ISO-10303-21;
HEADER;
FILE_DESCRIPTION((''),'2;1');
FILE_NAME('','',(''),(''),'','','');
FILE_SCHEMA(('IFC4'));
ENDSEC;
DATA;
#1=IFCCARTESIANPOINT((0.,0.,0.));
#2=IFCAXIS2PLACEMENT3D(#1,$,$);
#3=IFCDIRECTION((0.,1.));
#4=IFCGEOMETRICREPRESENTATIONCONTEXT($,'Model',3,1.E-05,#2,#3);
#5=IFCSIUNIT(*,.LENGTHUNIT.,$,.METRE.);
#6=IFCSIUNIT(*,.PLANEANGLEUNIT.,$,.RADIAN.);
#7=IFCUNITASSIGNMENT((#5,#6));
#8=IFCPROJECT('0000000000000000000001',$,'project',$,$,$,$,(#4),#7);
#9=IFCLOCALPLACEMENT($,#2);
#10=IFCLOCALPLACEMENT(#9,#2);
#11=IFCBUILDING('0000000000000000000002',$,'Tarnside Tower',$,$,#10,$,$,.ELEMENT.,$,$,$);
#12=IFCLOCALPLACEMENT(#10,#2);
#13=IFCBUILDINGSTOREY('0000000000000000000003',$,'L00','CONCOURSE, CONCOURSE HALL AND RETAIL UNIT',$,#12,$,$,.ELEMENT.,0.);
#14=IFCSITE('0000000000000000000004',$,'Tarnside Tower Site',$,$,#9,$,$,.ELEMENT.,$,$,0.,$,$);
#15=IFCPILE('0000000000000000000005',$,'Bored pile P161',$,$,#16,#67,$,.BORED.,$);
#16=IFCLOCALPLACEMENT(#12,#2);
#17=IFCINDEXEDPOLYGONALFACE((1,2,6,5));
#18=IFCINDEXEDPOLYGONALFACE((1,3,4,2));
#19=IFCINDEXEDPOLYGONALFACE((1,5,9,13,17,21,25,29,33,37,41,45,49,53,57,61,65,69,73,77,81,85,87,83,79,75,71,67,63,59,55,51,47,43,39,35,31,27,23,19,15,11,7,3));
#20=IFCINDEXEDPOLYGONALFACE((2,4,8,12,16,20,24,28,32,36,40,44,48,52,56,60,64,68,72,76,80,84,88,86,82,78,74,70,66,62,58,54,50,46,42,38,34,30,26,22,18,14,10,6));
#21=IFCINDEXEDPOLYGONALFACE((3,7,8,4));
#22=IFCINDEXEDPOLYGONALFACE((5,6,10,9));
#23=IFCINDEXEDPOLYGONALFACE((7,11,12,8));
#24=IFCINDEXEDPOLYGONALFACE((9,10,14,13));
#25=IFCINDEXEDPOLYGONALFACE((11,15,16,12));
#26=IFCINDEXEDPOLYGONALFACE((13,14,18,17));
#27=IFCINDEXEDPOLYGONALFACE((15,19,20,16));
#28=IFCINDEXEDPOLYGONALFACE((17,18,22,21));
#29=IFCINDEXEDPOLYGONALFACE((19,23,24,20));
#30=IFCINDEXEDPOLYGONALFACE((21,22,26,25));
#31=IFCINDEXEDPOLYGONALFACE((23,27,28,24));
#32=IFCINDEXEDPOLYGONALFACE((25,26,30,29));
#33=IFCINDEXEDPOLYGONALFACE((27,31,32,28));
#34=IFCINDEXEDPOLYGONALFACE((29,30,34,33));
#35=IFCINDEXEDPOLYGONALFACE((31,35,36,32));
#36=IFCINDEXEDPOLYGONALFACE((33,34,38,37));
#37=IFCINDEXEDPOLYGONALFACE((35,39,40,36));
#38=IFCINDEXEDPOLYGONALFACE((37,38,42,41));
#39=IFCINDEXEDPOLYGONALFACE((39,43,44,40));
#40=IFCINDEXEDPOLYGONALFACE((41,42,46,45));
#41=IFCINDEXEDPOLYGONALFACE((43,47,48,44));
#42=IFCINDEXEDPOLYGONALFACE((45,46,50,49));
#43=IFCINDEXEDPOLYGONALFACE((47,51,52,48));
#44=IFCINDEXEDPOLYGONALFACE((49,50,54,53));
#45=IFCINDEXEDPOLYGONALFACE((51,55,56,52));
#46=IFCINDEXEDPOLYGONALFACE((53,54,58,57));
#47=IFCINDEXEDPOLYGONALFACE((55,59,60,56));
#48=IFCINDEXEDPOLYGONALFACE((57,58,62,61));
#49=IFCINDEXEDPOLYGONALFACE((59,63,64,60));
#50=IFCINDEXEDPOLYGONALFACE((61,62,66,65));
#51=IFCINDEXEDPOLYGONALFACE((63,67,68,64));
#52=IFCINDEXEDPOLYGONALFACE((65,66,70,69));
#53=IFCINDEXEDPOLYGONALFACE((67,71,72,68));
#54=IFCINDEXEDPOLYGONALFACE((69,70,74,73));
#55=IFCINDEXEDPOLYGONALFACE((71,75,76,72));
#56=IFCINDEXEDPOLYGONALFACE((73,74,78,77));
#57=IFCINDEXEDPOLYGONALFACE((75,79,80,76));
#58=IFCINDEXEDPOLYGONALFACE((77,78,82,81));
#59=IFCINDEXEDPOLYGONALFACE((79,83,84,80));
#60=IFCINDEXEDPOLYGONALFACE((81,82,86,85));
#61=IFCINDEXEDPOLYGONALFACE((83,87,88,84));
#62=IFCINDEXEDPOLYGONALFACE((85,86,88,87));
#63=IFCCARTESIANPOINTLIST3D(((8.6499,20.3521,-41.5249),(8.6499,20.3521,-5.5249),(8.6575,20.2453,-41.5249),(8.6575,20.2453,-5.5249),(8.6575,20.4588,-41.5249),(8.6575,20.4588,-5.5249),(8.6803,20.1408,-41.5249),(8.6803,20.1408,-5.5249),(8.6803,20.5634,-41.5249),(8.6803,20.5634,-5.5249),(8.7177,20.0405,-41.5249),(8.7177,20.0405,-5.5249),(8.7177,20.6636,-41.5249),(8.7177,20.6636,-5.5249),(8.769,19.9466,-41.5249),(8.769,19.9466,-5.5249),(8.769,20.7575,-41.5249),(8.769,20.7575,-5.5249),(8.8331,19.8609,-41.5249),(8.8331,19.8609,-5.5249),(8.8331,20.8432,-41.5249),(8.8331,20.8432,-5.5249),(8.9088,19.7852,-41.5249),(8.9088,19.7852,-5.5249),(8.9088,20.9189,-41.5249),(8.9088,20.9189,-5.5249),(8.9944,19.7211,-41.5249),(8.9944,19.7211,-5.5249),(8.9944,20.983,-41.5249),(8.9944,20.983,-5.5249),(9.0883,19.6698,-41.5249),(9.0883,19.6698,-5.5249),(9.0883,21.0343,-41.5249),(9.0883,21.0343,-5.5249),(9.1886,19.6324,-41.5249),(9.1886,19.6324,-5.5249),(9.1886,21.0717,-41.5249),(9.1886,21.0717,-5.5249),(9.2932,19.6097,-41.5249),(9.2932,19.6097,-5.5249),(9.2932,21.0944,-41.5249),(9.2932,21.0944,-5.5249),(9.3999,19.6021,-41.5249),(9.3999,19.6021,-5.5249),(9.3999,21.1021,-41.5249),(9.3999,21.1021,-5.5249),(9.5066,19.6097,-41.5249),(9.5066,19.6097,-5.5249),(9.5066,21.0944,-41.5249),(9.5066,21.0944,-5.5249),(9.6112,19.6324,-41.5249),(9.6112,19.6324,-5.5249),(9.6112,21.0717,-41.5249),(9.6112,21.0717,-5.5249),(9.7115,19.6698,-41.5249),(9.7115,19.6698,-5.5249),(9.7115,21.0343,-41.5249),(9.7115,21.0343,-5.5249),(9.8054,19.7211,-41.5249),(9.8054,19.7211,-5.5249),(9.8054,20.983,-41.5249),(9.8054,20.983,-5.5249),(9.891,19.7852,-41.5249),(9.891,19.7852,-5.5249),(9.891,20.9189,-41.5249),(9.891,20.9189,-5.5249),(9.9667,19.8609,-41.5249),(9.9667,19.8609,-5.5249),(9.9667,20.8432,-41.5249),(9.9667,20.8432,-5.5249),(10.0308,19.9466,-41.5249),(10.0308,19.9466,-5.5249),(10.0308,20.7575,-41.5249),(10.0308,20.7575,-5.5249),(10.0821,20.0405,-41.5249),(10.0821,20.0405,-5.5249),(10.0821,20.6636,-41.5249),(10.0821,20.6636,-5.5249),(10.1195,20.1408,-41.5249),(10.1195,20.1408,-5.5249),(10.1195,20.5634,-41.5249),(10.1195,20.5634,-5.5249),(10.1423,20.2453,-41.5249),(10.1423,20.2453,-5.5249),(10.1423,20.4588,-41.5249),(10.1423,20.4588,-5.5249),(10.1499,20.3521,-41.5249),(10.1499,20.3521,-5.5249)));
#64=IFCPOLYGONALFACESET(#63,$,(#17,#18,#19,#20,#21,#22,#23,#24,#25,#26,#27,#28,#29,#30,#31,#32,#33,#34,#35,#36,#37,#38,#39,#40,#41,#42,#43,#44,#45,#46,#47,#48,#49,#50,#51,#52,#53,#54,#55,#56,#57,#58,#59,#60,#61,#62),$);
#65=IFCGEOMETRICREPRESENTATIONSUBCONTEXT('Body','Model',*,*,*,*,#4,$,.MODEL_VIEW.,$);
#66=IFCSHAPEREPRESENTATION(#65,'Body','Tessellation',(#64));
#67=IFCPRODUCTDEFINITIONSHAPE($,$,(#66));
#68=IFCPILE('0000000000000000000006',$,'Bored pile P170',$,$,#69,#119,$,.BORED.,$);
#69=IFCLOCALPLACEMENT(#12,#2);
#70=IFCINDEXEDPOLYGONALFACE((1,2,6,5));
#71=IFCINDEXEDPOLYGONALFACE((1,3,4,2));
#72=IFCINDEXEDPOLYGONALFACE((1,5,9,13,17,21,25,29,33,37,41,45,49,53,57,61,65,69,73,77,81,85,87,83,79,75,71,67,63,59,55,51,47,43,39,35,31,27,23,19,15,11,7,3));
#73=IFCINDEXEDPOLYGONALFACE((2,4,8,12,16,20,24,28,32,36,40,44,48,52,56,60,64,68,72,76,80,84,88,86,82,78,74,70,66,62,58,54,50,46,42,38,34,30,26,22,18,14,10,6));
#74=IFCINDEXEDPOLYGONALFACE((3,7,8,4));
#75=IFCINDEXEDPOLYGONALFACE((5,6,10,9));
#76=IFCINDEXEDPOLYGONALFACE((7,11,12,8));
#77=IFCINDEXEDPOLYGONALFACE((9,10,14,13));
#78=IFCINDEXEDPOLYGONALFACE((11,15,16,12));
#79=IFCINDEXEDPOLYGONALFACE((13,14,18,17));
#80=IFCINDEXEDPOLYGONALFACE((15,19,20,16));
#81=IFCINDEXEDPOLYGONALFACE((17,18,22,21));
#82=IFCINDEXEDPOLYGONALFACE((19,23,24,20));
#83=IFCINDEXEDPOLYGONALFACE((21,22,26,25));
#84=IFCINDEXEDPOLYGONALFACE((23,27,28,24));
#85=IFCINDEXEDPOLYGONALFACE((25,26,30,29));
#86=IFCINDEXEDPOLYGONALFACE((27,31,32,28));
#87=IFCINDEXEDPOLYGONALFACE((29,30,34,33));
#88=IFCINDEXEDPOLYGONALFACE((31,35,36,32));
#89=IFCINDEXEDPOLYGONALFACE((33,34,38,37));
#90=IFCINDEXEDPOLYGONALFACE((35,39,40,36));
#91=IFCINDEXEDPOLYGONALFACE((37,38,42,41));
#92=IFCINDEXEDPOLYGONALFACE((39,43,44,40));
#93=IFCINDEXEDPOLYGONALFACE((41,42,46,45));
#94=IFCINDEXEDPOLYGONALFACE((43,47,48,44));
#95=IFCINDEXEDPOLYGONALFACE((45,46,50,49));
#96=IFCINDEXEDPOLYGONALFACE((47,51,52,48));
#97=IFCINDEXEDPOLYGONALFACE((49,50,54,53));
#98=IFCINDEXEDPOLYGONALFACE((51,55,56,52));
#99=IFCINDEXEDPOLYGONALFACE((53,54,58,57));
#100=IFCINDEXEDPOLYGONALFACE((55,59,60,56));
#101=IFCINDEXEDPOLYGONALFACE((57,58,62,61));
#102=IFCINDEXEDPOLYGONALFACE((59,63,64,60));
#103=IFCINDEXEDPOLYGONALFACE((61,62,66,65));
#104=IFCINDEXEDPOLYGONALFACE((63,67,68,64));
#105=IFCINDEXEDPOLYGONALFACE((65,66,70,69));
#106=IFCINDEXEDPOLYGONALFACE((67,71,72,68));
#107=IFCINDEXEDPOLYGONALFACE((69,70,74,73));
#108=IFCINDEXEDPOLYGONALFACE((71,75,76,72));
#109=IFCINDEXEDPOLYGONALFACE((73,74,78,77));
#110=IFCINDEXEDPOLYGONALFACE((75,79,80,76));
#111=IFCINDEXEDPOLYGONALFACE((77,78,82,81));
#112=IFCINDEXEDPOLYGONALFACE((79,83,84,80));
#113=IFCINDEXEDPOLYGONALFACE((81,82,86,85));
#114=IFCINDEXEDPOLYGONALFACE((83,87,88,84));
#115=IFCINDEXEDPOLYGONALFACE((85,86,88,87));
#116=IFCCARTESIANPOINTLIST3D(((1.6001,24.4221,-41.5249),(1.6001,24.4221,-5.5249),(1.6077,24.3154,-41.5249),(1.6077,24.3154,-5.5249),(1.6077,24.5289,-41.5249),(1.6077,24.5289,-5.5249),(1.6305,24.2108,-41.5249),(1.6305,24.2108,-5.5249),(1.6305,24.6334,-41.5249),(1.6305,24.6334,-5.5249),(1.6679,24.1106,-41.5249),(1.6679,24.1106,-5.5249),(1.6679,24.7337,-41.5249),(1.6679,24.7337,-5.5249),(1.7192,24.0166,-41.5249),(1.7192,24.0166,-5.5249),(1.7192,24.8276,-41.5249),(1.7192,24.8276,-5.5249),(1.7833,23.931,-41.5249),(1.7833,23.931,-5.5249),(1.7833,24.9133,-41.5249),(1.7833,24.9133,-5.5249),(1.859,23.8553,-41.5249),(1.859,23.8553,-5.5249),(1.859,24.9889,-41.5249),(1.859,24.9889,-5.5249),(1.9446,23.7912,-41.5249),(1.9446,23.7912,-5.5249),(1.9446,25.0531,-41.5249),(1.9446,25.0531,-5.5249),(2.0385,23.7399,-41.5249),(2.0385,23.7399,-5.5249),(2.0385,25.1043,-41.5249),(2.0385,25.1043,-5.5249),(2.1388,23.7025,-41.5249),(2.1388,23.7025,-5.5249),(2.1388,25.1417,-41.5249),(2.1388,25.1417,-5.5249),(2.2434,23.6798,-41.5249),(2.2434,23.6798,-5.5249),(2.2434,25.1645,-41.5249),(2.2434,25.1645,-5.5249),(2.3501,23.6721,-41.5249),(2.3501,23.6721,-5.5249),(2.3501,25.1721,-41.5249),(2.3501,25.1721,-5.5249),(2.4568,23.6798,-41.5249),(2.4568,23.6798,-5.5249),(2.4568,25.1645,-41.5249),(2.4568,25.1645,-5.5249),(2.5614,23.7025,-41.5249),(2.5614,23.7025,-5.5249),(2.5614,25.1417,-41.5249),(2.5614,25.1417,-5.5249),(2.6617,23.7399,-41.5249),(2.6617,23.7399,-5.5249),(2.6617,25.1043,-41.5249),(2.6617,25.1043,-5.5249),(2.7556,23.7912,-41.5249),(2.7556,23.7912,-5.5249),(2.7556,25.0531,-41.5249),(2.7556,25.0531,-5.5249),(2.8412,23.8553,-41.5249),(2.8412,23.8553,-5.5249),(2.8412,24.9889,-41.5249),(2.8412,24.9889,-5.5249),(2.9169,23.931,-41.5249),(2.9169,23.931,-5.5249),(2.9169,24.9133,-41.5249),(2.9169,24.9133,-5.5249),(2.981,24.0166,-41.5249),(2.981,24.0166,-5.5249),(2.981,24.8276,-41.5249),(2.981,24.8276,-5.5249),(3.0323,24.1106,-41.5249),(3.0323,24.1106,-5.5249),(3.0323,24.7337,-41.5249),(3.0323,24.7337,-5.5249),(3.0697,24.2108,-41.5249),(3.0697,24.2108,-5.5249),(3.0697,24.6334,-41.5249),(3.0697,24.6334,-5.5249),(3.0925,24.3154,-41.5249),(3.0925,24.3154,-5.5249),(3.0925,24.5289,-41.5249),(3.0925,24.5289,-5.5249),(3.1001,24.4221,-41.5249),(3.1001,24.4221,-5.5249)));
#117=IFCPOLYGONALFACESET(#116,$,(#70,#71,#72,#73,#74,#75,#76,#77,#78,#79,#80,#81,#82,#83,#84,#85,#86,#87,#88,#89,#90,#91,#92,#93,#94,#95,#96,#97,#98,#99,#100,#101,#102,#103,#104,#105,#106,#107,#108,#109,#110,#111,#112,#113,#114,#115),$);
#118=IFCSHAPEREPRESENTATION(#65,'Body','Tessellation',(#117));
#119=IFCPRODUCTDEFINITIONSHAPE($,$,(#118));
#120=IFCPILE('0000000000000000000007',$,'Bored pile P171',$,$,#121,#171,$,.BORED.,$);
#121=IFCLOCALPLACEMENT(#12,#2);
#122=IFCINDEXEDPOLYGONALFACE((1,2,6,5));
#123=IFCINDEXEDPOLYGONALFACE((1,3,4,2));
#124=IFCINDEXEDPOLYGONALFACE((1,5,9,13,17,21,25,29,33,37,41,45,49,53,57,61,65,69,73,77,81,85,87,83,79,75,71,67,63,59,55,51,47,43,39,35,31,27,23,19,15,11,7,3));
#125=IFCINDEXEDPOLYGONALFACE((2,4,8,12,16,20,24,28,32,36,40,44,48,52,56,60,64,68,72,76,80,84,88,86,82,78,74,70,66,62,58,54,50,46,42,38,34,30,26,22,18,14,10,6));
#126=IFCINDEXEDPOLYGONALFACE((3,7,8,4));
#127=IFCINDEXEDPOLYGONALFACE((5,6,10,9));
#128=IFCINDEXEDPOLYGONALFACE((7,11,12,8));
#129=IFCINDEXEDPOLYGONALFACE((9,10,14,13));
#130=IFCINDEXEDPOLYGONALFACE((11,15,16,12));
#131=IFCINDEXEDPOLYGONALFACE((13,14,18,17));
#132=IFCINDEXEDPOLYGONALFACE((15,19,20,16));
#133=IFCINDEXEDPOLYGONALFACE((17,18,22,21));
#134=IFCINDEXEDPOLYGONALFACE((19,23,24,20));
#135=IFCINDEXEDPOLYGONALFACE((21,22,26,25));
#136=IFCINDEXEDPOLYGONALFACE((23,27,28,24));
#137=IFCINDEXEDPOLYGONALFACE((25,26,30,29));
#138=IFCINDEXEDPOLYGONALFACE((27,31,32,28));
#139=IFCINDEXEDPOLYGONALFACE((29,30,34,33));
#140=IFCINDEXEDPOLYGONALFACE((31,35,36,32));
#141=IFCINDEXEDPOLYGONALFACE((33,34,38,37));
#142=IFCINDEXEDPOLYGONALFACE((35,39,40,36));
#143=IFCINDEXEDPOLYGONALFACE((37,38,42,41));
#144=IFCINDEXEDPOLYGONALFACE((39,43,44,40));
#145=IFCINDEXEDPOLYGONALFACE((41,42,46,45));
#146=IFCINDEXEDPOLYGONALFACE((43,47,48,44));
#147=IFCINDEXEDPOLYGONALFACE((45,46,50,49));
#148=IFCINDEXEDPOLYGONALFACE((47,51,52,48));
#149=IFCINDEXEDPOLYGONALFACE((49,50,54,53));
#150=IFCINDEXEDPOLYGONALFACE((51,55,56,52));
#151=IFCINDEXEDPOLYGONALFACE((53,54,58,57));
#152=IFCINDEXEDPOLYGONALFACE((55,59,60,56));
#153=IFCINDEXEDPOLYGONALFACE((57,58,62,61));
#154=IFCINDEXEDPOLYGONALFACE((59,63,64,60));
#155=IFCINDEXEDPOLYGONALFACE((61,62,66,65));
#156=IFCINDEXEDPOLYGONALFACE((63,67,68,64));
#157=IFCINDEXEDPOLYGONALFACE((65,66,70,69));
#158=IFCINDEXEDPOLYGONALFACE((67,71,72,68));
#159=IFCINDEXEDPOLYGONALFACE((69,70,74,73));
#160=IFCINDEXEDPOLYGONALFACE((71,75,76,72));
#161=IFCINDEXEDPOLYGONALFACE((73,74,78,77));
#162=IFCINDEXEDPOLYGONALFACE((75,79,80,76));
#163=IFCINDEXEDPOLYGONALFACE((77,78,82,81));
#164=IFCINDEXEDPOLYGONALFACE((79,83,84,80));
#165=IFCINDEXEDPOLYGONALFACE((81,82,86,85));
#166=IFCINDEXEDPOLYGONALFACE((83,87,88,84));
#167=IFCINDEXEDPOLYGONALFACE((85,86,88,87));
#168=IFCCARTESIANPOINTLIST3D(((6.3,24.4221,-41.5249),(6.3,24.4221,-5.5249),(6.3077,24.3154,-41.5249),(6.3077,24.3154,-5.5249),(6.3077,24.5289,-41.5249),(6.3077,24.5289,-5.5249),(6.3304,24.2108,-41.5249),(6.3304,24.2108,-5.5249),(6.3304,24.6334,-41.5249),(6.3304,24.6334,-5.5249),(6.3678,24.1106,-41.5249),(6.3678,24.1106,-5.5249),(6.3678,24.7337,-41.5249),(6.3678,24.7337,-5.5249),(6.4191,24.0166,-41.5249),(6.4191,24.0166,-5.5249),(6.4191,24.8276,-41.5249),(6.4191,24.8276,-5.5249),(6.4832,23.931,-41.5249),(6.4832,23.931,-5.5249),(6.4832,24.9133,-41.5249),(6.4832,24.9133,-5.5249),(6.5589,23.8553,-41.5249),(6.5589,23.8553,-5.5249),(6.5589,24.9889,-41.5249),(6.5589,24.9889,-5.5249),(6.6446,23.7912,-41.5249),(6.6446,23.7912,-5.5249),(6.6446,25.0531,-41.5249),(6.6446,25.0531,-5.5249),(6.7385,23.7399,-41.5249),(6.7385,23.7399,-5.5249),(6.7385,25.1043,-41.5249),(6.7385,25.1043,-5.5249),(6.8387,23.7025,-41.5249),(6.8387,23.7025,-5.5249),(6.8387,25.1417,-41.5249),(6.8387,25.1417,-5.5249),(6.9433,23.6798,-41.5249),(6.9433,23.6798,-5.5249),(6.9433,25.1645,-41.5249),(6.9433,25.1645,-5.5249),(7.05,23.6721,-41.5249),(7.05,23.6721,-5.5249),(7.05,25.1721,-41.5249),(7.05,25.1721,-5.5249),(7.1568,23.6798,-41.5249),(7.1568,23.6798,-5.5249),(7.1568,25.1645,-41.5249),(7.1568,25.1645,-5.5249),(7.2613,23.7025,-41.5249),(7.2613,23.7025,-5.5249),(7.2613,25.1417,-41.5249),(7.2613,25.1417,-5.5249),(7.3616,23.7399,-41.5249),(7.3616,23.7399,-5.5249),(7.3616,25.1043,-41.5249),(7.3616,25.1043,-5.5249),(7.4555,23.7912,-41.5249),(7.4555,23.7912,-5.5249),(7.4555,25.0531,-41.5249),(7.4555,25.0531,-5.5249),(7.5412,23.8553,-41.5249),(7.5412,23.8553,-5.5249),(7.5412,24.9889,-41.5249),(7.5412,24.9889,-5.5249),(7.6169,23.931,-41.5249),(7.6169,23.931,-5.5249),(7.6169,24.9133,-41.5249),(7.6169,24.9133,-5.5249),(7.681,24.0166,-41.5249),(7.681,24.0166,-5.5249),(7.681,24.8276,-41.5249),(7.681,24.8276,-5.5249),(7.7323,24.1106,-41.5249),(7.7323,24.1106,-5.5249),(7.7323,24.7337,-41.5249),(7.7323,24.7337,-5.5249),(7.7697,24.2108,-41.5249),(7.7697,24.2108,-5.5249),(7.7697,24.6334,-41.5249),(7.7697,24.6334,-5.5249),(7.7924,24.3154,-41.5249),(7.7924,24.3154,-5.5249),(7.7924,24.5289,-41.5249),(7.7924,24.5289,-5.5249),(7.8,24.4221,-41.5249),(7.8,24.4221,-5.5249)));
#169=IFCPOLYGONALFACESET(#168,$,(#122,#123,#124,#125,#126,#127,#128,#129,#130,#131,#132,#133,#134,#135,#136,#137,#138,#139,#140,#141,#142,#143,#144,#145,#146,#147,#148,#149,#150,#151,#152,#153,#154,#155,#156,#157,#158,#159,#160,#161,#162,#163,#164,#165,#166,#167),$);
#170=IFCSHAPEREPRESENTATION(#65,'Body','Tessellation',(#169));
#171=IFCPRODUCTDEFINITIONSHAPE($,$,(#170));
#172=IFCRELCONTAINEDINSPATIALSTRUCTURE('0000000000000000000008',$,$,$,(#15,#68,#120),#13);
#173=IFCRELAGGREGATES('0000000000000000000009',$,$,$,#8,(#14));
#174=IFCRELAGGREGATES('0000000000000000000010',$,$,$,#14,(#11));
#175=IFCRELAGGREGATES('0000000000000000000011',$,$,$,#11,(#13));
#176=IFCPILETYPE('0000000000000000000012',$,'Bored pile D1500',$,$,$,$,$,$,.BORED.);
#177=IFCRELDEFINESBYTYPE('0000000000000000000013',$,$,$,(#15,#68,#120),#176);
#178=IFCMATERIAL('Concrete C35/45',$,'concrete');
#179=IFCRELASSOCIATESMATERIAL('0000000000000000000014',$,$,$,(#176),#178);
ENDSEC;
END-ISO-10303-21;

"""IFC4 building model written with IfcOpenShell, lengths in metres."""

from ifc_helpers import new_model, si_unit, direction, frame, origin, origin_2d, place, context, subcontext, project, spatial, circle, extrude, material, material_profile, profile_set, type_object, element, save


model = new_model("IFC4")

# Units and contexts
model_context = context("Model", 3, precision=1e-05, world=origin(), true_north=direction((0.0, 1.0)))
body_context = subcontext(model_context, "Body", "Model", "MODEL_VIEW")
ifc_project = project(units=[si_unit("LENGTHUNIT", "METRE"), si_unit("PLANEANGLEUNIT", "RADIAN")], contexts=[model_context])

# Site, building, storey
site_placement = place(None, origin())
site = spatial("IfcSite", under=ifc_project, at=site_placement, Name="Tarnside Tower Site", CompositionType="ELEMENT", RefElevation=0.0)
building_placement = place(site_placement, origin())
building = spatial("IfcBuilding", under=site, at=building_placement, Name="Tarnside Tower", CompositionType="ELEMENT")
storey_placement = place(building_placement, origin())
storey = spatial("IfcBuildingStorey", under=building, at=storey_placement, Name="L00", Description="CONCOURSE, CONCOURSE HALL AND RETAIL UNIT", CompositionType="ELEMENT", Elevation=0.0)

# Piles
ifc_material_1 = material(Name="Concrete C35/45", Category="concrete")
ifc_material_profile_1 = material_profile(ifc_material_1, circle(Radius=0.75, at=origin_2d()), Name="Bored pile D1500")
ifc_profile_set_1 = profile_set([ifc_material_profile_1], Name="Concrete C35/45")
pile_type = type_object("IfcPileType", Name="Bored pile D1500", PredefinedType="BORED", material=ifc_profile_set_1)
for number, where, z_axis, x_axis, name in (
    (1, (9.3999, 20.3521, -5.5249), (0.0, 0.0, -1.0), (1.0, 0.0, 0.0), "Bored pile P161"),
    (2, (2.3501, 24.4221, -5.5249), (0.0, 0.0, -1.0), (1.0, 0.0, 0.0), "Bored pile P170"),
    (3, (7.05, 24.4221, -5.5249), (0.0, 0.0, -1.0), (1.0, 0.0, 0.0), "Bored pile P171"),
):
    element("IfcPile", number, at=place(storey_placement, frame(where, z_axis=z_axis, x_axis=x_axis)), inside=storey, type_object=pile_type, Name=name, PredefinedType="BORED", context=body_context, shape_type="SweptSolid", body=[
        extrude(circle(Radius=0.75, at=origin_2d()), origin(), (0.0, 0.0, 1.0), 36.0),
    ])

save(model, "model.ifc")
